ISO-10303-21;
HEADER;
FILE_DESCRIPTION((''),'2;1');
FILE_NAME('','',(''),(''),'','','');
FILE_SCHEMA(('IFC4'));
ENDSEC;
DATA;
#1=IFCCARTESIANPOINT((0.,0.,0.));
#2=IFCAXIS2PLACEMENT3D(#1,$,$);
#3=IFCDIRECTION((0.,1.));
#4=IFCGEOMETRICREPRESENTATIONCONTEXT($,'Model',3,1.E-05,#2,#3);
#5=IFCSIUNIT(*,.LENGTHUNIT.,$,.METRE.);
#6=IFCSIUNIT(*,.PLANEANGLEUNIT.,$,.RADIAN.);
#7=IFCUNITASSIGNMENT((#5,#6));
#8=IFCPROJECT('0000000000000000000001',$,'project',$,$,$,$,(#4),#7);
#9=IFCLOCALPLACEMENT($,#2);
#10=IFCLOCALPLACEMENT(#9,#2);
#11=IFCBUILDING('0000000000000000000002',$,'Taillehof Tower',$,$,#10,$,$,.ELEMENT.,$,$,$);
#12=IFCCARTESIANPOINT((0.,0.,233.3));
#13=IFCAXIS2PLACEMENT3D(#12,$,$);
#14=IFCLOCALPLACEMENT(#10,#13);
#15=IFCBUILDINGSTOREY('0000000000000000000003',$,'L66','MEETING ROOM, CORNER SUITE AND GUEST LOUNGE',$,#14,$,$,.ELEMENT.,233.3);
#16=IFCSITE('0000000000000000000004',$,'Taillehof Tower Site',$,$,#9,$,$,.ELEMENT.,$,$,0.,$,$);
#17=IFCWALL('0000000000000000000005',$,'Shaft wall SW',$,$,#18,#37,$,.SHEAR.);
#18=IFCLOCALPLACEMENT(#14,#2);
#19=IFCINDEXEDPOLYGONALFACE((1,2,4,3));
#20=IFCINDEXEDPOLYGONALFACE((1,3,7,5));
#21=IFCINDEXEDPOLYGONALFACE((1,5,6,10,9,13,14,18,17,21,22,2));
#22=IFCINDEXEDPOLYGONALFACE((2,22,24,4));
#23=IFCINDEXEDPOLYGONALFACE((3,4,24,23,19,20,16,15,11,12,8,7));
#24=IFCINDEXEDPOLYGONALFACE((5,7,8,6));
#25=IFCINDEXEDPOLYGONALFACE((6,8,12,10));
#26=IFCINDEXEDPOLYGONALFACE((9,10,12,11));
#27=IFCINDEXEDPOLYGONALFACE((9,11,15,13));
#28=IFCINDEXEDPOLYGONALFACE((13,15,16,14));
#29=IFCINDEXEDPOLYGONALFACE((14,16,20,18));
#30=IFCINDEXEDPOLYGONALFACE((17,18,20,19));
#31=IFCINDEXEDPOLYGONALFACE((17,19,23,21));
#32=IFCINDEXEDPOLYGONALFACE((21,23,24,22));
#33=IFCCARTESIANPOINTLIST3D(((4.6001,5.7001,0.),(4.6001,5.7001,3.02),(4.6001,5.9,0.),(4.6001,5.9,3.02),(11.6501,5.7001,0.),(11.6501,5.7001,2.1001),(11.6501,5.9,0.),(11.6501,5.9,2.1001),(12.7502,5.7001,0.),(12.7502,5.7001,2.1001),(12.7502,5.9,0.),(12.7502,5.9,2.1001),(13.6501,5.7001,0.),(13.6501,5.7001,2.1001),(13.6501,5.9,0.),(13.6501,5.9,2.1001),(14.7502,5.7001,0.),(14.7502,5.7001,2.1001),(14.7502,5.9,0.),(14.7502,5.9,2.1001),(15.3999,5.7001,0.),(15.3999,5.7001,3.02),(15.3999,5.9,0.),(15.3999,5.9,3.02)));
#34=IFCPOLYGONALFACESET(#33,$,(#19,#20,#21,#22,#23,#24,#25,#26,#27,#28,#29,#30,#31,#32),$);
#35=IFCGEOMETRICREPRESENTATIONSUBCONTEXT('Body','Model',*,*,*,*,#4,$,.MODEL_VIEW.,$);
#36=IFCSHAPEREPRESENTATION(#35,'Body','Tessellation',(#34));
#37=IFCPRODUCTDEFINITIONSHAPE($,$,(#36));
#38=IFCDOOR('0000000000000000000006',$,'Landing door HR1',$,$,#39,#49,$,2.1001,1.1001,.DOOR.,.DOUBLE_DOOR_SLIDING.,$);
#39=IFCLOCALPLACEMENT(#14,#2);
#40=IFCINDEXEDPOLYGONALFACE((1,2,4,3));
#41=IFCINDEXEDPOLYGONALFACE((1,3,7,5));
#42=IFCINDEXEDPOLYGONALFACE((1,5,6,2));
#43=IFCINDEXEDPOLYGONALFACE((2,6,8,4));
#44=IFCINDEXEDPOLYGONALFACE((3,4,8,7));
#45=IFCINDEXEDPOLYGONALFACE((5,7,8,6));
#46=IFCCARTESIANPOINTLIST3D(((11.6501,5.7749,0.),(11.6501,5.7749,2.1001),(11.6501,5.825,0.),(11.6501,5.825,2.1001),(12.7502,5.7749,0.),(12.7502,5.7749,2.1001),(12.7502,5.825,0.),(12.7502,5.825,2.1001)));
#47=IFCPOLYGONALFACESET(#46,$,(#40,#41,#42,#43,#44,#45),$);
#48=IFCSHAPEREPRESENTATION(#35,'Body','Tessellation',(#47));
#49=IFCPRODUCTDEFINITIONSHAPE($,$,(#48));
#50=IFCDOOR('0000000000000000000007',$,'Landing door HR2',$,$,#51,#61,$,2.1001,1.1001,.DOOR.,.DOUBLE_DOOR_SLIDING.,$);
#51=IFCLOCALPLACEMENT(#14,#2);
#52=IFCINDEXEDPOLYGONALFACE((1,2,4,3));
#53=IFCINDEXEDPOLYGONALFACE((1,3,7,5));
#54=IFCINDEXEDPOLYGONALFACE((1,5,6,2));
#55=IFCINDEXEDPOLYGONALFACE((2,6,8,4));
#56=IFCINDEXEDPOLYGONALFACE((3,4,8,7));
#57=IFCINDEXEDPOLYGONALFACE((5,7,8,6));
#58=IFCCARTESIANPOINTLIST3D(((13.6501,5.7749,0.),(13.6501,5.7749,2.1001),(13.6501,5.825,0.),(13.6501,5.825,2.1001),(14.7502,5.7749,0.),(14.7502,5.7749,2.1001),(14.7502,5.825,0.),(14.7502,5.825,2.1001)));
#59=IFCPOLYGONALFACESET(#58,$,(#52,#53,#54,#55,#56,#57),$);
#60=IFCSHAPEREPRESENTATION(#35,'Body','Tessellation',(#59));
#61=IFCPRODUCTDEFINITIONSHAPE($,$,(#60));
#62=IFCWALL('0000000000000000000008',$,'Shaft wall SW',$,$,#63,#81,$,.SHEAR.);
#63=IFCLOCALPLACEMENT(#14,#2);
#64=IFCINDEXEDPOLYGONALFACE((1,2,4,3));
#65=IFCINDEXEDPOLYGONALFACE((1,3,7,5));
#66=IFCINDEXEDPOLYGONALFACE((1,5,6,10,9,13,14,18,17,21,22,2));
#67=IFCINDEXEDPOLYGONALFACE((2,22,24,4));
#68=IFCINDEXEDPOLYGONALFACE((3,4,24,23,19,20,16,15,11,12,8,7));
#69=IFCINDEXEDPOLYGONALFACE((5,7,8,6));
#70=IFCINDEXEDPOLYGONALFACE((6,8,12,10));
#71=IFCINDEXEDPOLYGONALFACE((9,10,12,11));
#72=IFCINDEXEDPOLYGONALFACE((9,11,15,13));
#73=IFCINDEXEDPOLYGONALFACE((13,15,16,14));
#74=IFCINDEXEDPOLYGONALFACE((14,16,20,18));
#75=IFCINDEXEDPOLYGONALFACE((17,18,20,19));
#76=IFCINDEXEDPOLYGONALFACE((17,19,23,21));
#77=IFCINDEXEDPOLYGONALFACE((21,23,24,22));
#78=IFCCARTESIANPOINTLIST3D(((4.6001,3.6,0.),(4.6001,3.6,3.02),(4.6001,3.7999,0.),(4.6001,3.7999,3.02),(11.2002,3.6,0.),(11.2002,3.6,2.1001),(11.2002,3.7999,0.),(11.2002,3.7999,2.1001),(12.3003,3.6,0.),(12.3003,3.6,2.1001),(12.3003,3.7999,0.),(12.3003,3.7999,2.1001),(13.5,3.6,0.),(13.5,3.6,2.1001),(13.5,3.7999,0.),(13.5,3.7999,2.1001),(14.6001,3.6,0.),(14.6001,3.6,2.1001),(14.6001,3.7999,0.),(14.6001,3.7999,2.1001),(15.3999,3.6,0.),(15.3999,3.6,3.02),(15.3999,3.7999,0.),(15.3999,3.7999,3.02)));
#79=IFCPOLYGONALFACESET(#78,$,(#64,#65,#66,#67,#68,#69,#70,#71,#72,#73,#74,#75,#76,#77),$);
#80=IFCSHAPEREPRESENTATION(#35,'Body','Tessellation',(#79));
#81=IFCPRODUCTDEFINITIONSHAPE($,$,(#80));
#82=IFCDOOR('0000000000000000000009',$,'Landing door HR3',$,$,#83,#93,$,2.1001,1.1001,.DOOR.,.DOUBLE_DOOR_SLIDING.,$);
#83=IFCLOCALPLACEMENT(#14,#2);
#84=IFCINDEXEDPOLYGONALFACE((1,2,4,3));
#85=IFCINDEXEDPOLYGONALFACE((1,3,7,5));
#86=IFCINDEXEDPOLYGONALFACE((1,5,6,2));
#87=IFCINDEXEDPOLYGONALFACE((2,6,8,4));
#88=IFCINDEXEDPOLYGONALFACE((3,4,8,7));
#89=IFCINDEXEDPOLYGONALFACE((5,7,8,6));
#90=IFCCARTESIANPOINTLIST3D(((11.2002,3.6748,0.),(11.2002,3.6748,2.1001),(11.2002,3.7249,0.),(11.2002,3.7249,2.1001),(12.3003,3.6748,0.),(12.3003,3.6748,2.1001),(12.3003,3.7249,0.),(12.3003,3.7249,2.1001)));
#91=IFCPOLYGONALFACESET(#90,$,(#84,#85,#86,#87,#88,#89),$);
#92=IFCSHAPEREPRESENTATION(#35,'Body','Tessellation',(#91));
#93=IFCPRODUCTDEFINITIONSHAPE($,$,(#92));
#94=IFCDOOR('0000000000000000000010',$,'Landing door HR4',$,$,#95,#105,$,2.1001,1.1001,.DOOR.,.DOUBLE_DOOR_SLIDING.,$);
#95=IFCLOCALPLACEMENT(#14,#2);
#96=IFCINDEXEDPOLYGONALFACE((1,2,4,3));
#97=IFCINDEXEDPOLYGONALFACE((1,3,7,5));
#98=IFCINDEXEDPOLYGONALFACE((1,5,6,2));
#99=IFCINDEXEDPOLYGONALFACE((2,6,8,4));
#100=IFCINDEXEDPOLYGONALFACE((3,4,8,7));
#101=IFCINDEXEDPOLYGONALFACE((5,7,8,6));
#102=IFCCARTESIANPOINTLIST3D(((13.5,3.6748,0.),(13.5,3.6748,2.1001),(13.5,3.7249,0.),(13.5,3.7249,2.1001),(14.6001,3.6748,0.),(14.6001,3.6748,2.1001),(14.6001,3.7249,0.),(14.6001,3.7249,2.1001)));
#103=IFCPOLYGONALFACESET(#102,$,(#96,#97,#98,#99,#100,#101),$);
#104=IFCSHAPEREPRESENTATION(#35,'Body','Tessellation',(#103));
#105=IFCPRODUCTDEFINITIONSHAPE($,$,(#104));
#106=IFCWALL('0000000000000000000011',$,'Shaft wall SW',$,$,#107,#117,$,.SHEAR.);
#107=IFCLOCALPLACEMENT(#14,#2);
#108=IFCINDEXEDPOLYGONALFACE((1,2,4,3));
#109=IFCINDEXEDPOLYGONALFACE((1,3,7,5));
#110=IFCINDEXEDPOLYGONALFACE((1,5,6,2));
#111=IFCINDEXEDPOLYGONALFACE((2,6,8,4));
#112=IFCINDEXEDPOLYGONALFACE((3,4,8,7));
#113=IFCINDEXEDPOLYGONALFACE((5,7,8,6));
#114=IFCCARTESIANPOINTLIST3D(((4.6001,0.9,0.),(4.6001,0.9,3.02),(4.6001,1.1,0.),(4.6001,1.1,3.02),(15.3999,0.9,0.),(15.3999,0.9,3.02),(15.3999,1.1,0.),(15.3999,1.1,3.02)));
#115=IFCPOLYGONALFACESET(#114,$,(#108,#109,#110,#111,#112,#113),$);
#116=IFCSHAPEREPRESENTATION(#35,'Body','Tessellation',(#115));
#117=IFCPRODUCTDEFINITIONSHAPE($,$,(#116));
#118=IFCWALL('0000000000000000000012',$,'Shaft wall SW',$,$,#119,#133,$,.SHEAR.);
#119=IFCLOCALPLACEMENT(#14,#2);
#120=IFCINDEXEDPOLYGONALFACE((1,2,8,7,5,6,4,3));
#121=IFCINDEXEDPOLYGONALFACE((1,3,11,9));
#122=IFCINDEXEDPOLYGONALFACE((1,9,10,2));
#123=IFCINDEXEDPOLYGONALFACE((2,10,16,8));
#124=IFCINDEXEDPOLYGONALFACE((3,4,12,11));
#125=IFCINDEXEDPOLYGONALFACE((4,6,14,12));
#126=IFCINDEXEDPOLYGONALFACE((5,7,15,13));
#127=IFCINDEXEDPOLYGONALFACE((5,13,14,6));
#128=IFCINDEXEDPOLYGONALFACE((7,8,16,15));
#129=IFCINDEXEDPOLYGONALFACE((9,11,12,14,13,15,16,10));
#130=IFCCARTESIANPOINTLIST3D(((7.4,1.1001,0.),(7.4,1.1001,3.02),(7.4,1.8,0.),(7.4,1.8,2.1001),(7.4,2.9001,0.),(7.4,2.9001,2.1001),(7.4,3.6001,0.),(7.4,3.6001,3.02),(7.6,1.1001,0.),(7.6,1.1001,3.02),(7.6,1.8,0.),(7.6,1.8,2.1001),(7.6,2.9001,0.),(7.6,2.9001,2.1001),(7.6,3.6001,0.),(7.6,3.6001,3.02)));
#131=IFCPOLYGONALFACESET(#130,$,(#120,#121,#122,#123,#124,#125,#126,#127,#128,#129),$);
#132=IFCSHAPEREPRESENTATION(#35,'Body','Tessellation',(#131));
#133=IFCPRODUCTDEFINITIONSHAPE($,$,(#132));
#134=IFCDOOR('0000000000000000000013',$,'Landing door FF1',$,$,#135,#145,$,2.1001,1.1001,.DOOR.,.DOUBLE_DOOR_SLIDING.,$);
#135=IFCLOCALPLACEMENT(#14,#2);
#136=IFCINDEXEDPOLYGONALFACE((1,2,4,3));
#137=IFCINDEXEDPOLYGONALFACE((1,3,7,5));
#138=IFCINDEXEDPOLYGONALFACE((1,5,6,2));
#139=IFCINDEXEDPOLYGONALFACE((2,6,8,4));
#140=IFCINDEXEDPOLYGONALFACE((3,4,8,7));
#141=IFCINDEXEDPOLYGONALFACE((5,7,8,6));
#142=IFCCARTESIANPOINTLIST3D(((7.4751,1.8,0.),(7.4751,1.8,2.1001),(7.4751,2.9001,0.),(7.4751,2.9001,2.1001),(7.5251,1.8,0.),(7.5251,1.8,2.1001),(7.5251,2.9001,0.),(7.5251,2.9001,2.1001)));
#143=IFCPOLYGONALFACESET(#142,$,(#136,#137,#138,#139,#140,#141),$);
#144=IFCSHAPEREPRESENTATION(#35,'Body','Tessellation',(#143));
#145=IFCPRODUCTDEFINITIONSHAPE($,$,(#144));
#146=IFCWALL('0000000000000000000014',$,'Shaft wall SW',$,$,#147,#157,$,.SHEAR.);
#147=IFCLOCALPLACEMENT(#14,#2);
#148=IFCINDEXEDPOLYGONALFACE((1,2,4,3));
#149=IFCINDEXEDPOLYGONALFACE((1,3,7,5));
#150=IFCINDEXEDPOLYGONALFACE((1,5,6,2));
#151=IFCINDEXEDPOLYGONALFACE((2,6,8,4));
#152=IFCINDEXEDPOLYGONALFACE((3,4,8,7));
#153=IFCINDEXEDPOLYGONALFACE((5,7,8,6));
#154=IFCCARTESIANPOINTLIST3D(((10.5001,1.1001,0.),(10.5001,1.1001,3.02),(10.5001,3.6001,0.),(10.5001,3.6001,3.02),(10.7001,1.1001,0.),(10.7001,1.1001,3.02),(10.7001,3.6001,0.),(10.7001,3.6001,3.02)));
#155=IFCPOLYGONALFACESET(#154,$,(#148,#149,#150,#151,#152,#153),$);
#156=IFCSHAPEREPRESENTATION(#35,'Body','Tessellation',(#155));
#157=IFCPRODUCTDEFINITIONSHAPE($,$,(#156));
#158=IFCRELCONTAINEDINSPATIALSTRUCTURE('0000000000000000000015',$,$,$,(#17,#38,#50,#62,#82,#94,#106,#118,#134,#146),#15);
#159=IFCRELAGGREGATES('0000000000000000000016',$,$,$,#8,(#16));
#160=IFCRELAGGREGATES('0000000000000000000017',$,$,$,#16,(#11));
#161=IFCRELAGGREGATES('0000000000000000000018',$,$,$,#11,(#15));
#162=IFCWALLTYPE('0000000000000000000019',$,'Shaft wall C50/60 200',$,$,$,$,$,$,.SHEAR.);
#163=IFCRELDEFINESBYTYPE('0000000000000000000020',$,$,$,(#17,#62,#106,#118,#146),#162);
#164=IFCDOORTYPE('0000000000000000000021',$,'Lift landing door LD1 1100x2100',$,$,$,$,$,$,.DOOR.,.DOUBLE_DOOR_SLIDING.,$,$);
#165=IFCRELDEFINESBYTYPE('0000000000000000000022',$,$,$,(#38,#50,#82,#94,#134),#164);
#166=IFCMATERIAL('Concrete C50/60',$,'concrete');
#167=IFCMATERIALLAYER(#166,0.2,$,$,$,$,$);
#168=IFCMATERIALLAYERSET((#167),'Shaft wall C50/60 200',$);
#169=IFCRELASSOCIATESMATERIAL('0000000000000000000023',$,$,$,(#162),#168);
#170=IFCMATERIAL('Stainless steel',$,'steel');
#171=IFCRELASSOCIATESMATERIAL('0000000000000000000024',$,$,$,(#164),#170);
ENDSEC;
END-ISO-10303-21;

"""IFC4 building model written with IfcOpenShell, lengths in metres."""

from ifc_helpers import new_model, si_unit, direction, frame, frame_2d, origin, place, context, subcontext, project, spatial, rectangle, extrude, material, layer, layer_set, type_object, element, fill, save


model = new_model("IFC4")

# Units and contexts
model_context = context("Model", 3, precision=1e-05, world=origin(), true_north=direction((0.0, 1.0)))
body_context = subcontext(model_context, "Body", "Model", "MODEL_VIEW")
ifc_project = project(units=[si_unit("LENGTHUNIT", "METRE"), si_unit("PLANEANGLEUNIT", "RADIAN")], contexts=[model_context])

# Site, building, storey
site_placement = place(None, origin())
site = spatial("IfcSite", under=ifc_project, at=site_placement, Name="Taillehof Tower Site", CompositionType="ELEMENT", RefElevation=0.0)
building_placement = place(site_placement, origin())
building = spatial("IfcBuilding", under=site, at=building_placement, Name="Taillehof Tower", CompositionType="ELEMENT")
storey_placement = place(building_placement, frame((0.0, 0.0, 233.3)))
storey = spatial("IfcBuildingStorey", under=building, at=storey_placement, Name="L66", Description="MEETING ROOM, CORNER SUITE AND GUEST LOUNGE", CompositionType="ELEMENT", Elevation=233.3)

# Walls, openings, doors
ifc_material_1 = material(Name="Concrete C50/60", Category="concrete")
ifc_layer_1 = layer(ifc_material_1, 0.2)
ifc_layer_set_1 = layer_set([ifc_layer_1], Name="Shaft wall C50/60 200")
wall_type_1 = type_object("IfcWallType", Name="Shaft wall C50/60 200", PredefinedType="SHEAR", material=ifc_layer_set_1)
wall_1_placement = place(storey_placement, frame((4.6001, 5.8, 0.0), z_axis=(0.0, 0.0, 1.0), x_axis=(1.0, 0.0, 0.0)))
wall_1 = element("IfcWall", 1, at=wall_1_placement, inside=storey, type_object=wall_type_1, Name="Shaft wall SW", PredefinedType="SHEAR", context=body_context, shape_type="SweptSolid", body=[
    extrude(rectangle(XDim=10.7998, YDim=0.2, at=frame_2d((5.3999, 0.0))), origin(), (0.0, 0.0, 1.0), 3.02),
])
opening_1_placement = place(wall_1_placement, frame((7.05, 0.0, 0.0)))
opening_1 = element("IfcOpeningElement", 2, at=opening_1_placement, cuts=wall_1, PredefinedType="OPENING", context=body_context, shape_type="SweptSolid", body=[
    extrude(rectangle(XDim=1.1001, YDim=2.1001, at=frame_2d((0.55, 1.05))), frame((0.0, 0.1099, 0.0), z_axis=(0.0, -1.0, 0.0), x_axis=(1.0, 0.0, 0.0)), (0.0, 0.0, 1.0), 0.22),
])
opening_2_placement = place(wall_1_placement, frame((9.05, 0.0, 0.0)))
opening_2 = element("IfcOpeningElement", 3, at=opening_2_placement, cuts=wall_1, PredefinedType="OPENING", context=body_context, shape_type="SweptSolid", body=[
    extrude(rectangle(XDim=1.1001, YDim=2.1001, at=frame_2d((0.55, 1.05))), frame((0.0, 0.1099, 0.0), z_axis=(0.0, -1.0, 0.0), x_axis=(1.0, 0.0, 0.0)), (0.0, 0.0, 1.0), 0.22),
])
ifc_material_2 = material(Name="Stainless steel", Category="steel")
door_type_1 = type_object("IfcDoorType", Name="Lift landing door LD1 1100x2100", OperationType="DOUBLE_DOOR_SLIDING", PredefinedType="DOOR", material=ifc_material_2)
door_1_placement = place(opening_1_placement, origin())
door_1 = element("IfcDoor", 4, at=door_1_placement, inside=storey, type_object=door_type_1, Name="Landing door HR1", OperationType="DOUBLE_DOOR_SLIDING", OverallHeight=2.1001, OverallWidth=1.1001, PredefinedType="DOOR", context=body_context, shape_type="SweptSolid", body=[
    extrude(rectangle(XDim=1.1001, YDim=2.1001, at=frame_2d((0.55, 1.05))), frame((0.0, 0.0249, 0.0), z_axis=(0.0, -1.0, 0.0), x_axis=(1.0, 0.0, 0.0)), (0.0, 0.0, 1.0), 0.05),
])
fill(opening_1, door_1)
door_2_placement = place(opening_2_placement, origin())
door_2 = element("IfcDoor", 5, at=door_2_placement, inside=storey, type_object=door_type_1, Name="Landing door HR2", OperationType="DOUBLE_DOOR_SLIDING", OverallHeight=2.1001, OverallWidth=1.1001, PredefinedType="DOOR", context=body_context, shape_type="SweptSolid", body=[
    extrude(rectangle(XDim=1.1001, YDim=2.1001, at=frame_2d((0.55, 1.05))), frame((0.0, 0.0249, 0.0), z_axis=(0.0, -1.0, 0.0), x_axis=(1.0, 0.0, 0.0)), (0.0, 0.0, 1.0), 0.05),
])
fill(opening_2, door_2)
wall_2_placement = place(storey_placement, frame((4.6001, 3.7, 0.0), z_axis=(0.0, 0.0, 1.0), x_axis=(1.0, 0.0, 0.0)))
wall_2 = element("IfcWall", 6, at=wall_2_placement, inside=storey, type_object=wall_type_1, Name="Shaft wall SW", PredefinedType="SHEAR", context=body_context, shape_type="SweptSolid", body=[
    extrude(rectangle(XDim=10.7998, YDim=0.2, at=frame_2d((5.3999, 0.0))), origin(), (0.0, 0.0, 1.0), 3.02),
])
opening_3_placement = place(wall_2_placement, frame((6.6001, 0.0, 0.0)))
opening_3 = element("IfcOpeningElement", 7, at=opening_3_placement, cuts=wall_2, PredefinedType="OPENING", context=body_context, shape_type="SweptSolid", body=[
    extrude(rectangle(XDim=1.1001, YDim=2.1001, at=frame_2d((0.55, 1.05))), frame((0.0, 0.1099, 0.0), z_axis=(0.0, -1.0, 0.0), x_axis=(1.0, 0.0, 0.0)), (0.0, 0.0, 1.0), 0.22),
])
opening_4_placement = place(wall_2_placement, frame((8.8999, 0.0, 0.0)))
opening_4 = element("IfcOpeningElement", 8, at=opening_4_placement, cuts=wall_2, PredefinedType="OPENING", context=body_context, shape_type="SweptSolid", body=[
    extrude(rectangle(XDim=1.1001, YDim=2.1001, at=frame_2d((0.55, 1.05))), frame((0.0, 0.1099, 0.0), z_axis=(0.0, -1.0, 0.0), x_axis=(1.0, 0.0, 0.0)), (0.0, 0.0, 1.0), 0.22),
])
door_3_placement = place(opening_3_placement, origin())
door_3 = element("IfcDoor", 9, at=door_3_placement, inside=storey, type_object=door_type_1, Name="Landing door HR3", OperationType="DOUBLE_DOOR_SLIDING", OverallHeight=2.1001, OverallWidth=1.1001, PredefinedType="DOOR", context=body_context, shape_type="SweptSolid", body=[
    extrude(rectangle(XDim=1.1001, YDim=2.1001, at=frame_2d((0.55, 1.05))), frame((0.0, 0.0249, 0.0), z_axis=(0.0, -1.0, 0.0), x_axis=(1.0, 0.0, 0.0)), (0.0, 0.0, 1.0), 0.05),
])
fill(opening_3, door_3)
door_4_placement = place(opening_4_placement, origin())
door_4 = element("IfcDoor", 10, at=door_4_placement, inside=storey, type_object=door_type_1, Name="Landing door HR4", OperationType="DOUBLE_DOOR_SLIDING", OverallHeight=2.1001, OverallWidth=1.1001, PredefinedType="DOOR", context=body_context, shape_type="SweptSolid", body=[
    extrude(rectangle(XDim=1.1001, YDim=2.1001, at=frame_2d((0.55, 1.05))), frame((0.0, 0.0249, 0.0), z_axis=(0.0, -1.0, 0.0), x_axis=(1.0, 0.0, 0.0)), (0.0, 0.0, 1.0), 0.05),
])
fill(opening_4, door_4)

# Wall
wall_3_placement = place(storey_placement, frame((4.6001, 1.0, 0.0), z_axis=(0.0, 0.0, 1.0), x_axis=(1.0, 0.0, 0.0)))
element("IfcWall", 11, at=wall_3_placement, inside=storey, type_object=wall_type_1, Name="Shaft wall SW", PredefinedType="SHEAR", context=body_context, shape_type="SweptSolid", body=[
    extrude(rectangle(XDim=10.7998, YDim=0.2, at=frame_2d((5.3999, 0.0))), origin(), (0.0, 0.0, 1.0), 3.02),
])

# Wall, opening, door
wall_4_placement = place(storey_placement, frame((7.5, 1.1001, 0.0), z_axis=(0.0, 0.0, 1.0), x_axis=(0.0, 1.0, 0.0)))
wall_4 = element("IfcWall", 12, at=wall_4_placement, inside=storey, type_object=wall_type_1, Name="Shaft wall SW", PredefinedType="SHEAR", context=body_context, shape_type="SweptSolid", body=[
    extrude(rectangle(XDim=2.5, YDim=0.2, at=frame_2d((1.25, 0.0))), origin(), (0.0, 0.0, 1.0), 3.02),
])
opening_5_placement = place(wall_4_placement, frame((0.7, 0.0, 0.0)))
opening_5 = element("IfcOpeningElement", 13, at=opening_5_placement, cuts=wall_4, PredefinedType="OPENING", context=body_context, shape_type="SweptSolid", body=[
    extrude(rectangle(XDim=1.1001, YDim=2.1001, at=frame_2d((0.55, 1.05))), frame((0.0, 0.1099, 0.0), z_axis=(0.0, -1.0, 0.0), x_axis=(1.0, 0.0, 0.0)), (0.0, 0.0, 1.0), 0.22),
])
door_5_placement = place(opening_5_placement, origin())
door_5 = element("IfcDoor", 14, at=door_5_placement, inside=storey, type_object=door_type_1, Name="Landing door FF1", OperationType="DOUBLE_DOOR_SLIDING", OverallHeight=2.1001, OverallWidth=1.1001, PredefinedType="DOOR", context=body_context, shape_type="SweptSolid", body=[
    extrude(rectangle(XDim=1.1001, YDim=2.1001, at=frame_2d((0.55, 1.05))), frame((0.0, 0.0249, 0.0), z_axis=(0.0, -1.0, 0.0), x_axis=(1.0, 0.0, 0.0)), (0.0, 0.0, 1.0), 0.05),
])
fill(opening_5, door_5)

# Wall
wall_5_placement = place(storey_placement, frame((10.6001, 1.1001, 0.0), z_axis=(0.0, 0.0, 1.0), x_axis=(0.0, 1.0, 0.0)))
element("IfcWall", 15, at=wall_5_placement, inside=storey, type_object=wall_type_1, Name="Shaft wall SW", PredefinedType="SHEAR", context=body_context, shape_type="SweptSolid", body=[
    extrude(rectangle(XDim=2.5, YDim=0.2, at=frame_2d((1.25, 0.0))), origin(), (0.0, 0.0, 1.0), 3.02),
])

save(model, "model.ifc")
